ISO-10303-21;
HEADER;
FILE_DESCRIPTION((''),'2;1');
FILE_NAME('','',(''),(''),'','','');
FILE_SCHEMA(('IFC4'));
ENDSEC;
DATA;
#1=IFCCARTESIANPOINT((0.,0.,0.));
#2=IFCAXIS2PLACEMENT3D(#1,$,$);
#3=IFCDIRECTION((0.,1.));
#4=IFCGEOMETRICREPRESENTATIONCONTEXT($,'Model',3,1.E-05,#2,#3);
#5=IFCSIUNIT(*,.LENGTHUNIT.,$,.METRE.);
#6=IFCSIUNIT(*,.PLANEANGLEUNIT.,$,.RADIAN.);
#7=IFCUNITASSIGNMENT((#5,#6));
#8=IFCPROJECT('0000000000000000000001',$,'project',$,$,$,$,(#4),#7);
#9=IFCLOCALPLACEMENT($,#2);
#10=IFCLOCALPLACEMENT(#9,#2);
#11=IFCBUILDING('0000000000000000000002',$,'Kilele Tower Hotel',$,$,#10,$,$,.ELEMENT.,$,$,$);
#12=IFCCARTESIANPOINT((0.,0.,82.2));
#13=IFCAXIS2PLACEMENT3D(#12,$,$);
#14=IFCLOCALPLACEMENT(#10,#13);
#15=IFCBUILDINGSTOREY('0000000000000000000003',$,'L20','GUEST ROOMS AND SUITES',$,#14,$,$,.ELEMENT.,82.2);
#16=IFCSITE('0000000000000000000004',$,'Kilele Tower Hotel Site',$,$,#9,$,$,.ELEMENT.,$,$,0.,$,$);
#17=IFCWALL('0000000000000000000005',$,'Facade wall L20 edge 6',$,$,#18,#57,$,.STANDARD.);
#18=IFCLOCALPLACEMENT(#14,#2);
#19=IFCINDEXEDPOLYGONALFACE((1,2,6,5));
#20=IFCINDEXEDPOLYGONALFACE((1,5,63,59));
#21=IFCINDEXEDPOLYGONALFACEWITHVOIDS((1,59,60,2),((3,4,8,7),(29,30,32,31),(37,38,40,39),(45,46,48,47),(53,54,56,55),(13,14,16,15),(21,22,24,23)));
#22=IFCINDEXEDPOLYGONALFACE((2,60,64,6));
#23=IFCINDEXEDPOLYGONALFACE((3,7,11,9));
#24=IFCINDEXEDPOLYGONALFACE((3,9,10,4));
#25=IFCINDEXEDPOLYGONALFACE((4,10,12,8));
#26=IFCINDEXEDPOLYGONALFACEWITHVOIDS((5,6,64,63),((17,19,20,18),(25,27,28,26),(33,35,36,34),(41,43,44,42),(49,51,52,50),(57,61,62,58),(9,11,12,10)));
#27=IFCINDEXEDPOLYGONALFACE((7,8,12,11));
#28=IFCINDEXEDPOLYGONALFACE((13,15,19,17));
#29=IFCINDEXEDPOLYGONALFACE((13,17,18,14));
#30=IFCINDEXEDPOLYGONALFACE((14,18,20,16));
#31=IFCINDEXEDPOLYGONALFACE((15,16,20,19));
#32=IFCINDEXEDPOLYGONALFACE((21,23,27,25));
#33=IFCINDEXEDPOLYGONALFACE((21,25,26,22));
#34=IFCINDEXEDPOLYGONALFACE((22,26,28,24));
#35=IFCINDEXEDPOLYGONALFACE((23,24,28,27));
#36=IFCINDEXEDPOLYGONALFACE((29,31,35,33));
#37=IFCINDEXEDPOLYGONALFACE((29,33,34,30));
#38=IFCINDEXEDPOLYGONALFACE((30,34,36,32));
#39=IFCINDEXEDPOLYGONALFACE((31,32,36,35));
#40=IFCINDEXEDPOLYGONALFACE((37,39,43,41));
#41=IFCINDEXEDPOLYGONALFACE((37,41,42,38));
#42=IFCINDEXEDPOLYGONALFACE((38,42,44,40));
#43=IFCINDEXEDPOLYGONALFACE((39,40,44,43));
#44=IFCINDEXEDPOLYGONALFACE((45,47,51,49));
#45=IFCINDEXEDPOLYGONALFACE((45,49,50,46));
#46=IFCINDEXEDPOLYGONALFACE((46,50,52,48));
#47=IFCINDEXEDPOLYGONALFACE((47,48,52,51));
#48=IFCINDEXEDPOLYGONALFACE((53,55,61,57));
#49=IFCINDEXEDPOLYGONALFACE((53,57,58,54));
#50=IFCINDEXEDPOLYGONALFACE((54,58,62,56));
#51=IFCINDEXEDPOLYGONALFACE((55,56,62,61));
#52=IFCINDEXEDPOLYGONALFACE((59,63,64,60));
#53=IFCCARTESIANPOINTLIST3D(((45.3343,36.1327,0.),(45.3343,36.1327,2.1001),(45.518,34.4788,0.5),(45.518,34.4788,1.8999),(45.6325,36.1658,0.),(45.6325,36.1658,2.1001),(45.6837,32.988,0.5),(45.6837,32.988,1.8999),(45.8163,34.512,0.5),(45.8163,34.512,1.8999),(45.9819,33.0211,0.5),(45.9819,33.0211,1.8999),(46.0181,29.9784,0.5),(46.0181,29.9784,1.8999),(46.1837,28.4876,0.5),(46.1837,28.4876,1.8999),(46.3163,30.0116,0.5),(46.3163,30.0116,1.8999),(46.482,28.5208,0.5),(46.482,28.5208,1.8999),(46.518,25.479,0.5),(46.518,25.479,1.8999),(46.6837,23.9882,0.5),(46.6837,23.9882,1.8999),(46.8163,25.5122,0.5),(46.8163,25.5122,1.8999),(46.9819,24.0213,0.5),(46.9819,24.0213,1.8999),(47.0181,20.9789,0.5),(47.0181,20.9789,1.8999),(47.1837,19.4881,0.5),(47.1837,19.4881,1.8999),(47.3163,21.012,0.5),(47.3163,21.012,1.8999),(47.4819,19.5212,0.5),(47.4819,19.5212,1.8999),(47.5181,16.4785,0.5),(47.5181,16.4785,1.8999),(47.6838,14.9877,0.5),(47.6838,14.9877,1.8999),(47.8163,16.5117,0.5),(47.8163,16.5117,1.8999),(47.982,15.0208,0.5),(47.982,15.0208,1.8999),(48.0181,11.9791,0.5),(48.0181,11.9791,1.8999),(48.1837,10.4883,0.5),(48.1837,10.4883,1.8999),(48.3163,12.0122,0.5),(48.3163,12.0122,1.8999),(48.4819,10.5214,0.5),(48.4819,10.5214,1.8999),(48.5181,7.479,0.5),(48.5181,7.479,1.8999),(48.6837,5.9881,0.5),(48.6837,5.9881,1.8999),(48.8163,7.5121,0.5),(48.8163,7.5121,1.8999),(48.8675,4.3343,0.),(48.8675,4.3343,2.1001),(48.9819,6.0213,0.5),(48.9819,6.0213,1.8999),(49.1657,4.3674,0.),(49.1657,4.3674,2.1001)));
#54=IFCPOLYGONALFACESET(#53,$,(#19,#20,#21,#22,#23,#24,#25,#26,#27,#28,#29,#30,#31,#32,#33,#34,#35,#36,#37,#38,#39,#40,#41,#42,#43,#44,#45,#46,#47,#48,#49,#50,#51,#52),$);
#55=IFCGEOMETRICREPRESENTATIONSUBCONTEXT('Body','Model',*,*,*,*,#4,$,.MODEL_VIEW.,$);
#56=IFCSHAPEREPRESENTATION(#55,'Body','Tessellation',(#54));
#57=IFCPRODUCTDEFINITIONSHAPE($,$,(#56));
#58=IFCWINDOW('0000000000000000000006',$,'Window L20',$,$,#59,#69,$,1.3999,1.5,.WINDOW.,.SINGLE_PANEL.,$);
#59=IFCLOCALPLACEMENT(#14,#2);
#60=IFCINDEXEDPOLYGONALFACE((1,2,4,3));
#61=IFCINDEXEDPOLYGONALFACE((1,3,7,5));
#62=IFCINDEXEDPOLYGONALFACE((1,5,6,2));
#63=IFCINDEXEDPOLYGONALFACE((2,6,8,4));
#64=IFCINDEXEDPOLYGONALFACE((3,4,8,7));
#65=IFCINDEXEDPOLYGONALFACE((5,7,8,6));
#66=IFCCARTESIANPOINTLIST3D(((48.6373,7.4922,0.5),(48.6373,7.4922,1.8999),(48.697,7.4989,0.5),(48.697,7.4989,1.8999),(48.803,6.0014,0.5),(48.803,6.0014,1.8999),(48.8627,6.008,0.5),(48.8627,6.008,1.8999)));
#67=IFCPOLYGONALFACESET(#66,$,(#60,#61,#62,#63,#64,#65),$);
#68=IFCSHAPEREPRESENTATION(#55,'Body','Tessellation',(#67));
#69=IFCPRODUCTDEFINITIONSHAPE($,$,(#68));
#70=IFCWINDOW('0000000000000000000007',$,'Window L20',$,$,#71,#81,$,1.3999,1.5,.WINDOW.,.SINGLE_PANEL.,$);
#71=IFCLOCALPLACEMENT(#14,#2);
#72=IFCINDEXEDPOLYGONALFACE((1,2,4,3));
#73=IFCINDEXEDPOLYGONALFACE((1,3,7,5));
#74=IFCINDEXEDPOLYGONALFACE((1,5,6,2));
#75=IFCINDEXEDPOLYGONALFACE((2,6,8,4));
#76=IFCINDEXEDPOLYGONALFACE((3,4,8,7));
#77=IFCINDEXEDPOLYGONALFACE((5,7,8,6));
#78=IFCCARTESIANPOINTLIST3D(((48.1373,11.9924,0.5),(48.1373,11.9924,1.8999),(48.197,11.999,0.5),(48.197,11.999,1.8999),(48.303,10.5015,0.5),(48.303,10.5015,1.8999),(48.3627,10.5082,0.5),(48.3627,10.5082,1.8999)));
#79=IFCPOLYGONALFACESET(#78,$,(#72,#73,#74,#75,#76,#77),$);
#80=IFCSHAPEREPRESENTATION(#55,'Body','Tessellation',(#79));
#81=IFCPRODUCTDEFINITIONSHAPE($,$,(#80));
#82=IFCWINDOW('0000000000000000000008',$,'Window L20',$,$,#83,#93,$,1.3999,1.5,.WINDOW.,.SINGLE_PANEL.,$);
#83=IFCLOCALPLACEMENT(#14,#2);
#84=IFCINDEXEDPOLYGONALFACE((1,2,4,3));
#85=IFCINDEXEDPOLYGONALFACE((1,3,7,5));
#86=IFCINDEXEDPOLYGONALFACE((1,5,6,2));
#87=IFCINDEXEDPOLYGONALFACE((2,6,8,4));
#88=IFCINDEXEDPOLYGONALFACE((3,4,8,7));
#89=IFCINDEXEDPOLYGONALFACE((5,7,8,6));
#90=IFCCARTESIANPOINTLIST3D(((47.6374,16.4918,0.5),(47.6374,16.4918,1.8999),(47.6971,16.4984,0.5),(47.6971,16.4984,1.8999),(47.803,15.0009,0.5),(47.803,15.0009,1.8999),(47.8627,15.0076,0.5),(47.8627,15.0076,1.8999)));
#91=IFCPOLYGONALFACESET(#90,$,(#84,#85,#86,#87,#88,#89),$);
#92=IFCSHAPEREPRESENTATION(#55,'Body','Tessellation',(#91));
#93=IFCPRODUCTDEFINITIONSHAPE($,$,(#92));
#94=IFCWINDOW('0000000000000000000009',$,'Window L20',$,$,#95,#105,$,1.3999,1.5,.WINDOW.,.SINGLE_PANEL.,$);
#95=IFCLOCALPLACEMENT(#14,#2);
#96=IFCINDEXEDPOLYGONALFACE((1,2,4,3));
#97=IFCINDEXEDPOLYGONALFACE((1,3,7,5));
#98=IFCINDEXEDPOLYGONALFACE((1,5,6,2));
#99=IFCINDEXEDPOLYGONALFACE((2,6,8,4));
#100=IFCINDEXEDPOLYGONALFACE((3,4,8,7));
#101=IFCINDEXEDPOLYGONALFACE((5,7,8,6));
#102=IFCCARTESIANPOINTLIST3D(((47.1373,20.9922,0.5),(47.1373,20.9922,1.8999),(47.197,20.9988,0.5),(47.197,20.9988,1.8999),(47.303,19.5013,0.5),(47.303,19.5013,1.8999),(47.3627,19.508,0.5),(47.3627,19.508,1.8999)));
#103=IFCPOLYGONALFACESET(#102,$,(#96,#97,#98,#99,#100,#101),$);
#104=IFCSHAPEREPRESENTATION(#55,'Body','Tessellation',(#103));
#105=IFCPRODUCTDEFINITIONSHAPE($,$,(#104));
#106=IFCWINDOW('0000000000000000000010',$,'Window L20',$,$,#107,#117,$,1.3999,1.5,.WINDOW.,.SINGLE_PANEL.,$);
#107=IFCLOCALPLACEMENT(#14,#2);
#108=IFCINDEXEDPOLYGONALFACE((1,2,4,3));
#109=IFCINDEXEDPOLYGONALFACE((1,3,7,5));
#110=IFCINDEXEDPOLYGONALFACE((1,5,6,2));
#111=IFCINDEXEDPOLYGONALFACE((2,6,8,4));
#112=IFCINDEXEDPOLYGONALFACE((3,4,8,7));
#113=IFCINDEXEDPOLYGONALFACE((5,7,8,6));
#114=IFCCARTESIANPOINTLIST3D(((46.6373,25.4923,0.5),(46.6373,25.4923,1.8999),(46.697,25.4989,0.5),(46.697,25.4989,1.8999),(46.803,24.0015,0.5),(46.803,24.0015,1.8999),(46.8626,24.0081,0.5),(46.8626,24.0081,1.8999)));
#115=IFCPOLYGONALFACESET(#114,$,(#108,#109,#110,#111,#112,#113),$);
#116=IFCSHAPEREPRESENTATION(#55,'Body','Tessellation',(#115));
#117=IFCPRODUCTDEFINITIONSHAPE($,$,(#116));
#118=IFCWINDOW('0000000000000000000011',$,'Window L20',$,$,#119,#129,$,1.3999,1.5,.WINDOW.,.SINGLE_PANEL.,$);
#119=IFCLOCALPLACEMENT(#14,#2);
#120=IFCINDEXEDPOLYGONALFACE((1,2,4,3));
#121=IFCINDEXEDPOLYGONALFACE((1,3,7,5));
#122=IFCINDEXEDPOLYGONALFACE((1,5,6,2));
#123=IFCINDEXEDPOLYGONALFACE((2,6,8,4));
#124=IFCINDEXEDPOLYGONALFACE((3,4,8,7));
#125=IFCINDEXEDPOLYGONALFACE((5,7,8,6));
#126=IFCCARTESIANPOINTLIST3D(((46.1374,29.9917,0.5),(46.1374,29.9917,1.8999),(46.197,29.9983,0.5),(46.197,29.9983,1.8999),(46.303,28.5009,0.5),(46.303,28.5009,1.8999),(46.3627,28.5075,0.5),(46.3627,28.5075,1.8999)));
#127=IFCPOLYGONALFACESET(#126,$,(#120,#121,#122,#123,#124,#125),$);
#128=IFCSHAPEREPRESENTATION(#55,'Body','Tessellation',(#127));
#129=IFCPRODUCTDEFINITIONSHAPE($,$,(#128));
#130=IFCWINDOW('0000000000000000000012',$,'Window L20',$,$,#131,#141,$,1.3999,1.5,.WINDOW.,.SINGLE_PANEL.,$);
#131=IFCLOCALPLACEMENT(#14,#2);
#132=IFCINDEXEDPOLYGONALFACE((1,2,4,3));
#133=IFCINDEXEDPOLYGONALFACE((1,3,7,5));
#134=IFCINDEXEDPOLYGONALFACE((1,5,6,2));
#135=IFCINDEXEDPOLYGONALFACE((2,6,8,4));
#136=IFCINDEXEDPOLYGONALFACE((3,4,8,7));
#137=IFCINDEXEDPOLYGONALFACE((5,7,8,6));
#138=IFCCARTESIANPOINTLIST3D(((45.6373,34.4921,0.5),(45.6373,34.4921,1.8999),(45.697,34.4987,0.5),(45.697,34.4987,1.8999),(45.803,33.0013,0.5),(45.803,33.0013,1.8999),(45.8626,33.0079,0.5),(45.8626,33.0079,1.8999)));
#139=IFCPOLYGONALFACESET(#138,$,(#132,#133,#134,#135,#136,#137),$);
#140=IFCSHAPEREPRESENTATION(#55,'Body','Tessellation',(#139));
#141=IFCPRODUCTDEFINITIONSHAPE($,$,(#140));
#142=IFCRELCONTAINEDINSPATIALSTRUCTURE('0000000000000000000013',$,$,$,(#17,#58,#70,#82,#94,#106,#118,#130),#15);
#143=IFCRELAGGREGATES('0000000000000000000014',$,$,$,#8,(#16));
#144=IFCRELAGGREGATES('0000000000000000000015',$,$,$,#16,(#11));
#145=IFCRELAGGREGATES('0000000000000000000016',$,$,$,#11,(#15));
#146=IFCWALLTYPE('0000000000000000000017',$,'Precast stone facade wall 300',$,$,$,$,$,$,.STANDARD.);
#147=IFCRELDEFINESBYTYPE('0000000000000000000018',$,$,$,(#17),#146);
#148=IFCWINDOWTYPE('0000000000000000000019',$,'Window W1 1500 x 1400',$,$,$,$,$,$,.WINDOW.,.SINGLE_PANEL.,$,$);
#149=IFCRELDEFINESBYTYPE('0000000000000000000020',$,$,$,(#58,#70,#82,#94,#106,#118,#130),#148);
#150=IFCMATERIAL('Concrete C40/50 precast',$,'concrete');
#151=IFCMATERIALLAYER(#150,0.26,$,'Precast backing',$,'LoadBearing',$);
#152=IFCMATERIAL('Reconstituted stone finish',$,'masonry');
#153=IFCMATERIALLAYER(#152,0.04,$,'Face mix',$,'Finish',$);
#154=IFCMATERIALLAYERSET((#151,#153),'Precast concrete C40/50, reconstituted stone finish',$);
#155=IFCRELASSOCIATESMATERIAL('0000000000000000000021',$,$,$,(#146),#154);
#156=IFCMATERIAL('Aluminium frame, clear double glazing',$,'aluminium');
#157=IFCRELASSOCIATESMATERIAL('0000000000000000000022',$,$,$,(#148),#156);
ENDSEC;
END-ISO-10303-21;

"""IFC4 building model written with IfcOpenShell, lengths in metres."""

from ifc_helpers import new_model, si_unit, direction, frame, frame_2d, origin, place, context, subcontext, project, spatial, rectangle, extrude, material, layer, layer_set, type_object, element, fill, save


model = new_model("IFC4")

# Units and contexts
model_context = context("Model", 3, precision=1e-05, world=origin(), true_north=direction((0.0, 1.0)))
body_context = subcontext(model_context, "Body", "Model", "MODEL_VIEW")
ifc_project = project(units=[si_unit("LENGTHUNIT", "METRE"), si_unit("PLANEANGLEUNIT", "RADIAN")], contexts=[model_context])

# Site, building, storey
site_placement = place(None, origin())
site = spatial("IfcSite", under=ifc_project, at=site_placement, Name="Kilele Tower Hotel Site", CompositionType="ELEMENT", RefElevation=0.0)
building_placement = place(site_placement, origin())
building = spatial("IfcBuilding", under=site, at=building_placement, Name="Kilele Tower Hotel", CompositionType="ELEMENT")
storey_placement = place(building_placement, frame((0.0, 0.0, 82.2)))
storey = spatial("IfcBuildingStorey", under=building, at=storey_placement, Name="L20", Description="GUEST ROOMS AND SUITES", CompositionType="ELEMENT", Elevation=82.2)

# Shared definitions
ifc_material_1 = material(Name="Concrete C40/50 precast", Category="concrete")
ifc_layer_1 = layer(ifc_material_1, 0.26, Name="Precast backing", Category="LoadBearing")
ifc_material_2 = material(Name="Reconstituted stone finish", Category="masonry")
ifc_layer_2 = layer(ifc_material_2, 0.04, Name="Face mix", Category="Finish")
ifc_layer_set_1 = layer_set([ifc_layer_1, ifc_layer_2], Name="Precast concrete C40/50, reconstituted stone finish")
wall_type_1 = type_object("IfcWallType", Name="Precast stone facade wall 300", PredefinedType="STANDARD", material=ifc_layer_set_1)
ifc_material_3 = material(Name="Aluminium frame, clear double glazing", Category="aluminium")
window_type = type_object("IfcWindowType", Name="Window W1 1500 x 1400", PartitioningType="SINGLE_PANEL", PredefinedType="WINDOW", material=ifc_material_3)

# Wall, openings, windows
wall_1_placement = place(storey_placement, frame((49.0166, 4.3508, 0.0), z_axis=(0.0, 0.0, 1.0), x_axis=(-0.110433, 0.993884, 0.0)))
wall_1 = element("IfcWall", 1, at=wall_1_placement, inside=storey, type_object=wall_type_1, Name="Facade wall L20 edge 6", PredefinedType="STANDARD", context=body_context, shape_type="SweptSolid", body=[
    extrude(rectangle(XDim=31.9941, YDim=0.3, at=frame_2d((15.9971, 0.0))), origin(), (0.0, 0.0, 1.0), 2.1001),
])
opening_1_placement = place(wall_1_placement, frame((1.6641, 0.0, 0.5)))
opening_1 = element("IfcOpeningElement", 2, at=opening_1_placement, cuts=wall_1, PredefinedType="OPENING", context=body_context, shape_type="SweptSolid", body=[
    extrude(rectangle(XDim=1.5, YDim=1.3999, at=frame_2d((0.75, 0.7))), frame((0.0, 0.1599, 0.0), z_axis=(0.0, -1.0, 0.0), x_axis=(1.0, 0.0, 0.0)), (0.0, 0.0, 1.0), 0.3201),
])
opening_2_placement = place(wall_1_placement, frame((6.1919, 0.0, 0.5)))
opening_2 = element("IfcOpeningElement", 3, at=opening_2_placement, cuts=wall_1, PredefinedType="OPENING", context=body_context, shape_type="SweptSolid", body=[
    extrude(rectangle(XDim=1.5, YDim=1.3999, at=frame_2d((0.75, 0.7))), frame((0.0, 0.1599, 0.0), z_axis=(0.0, -1.0, 0.0), x_axis=(1.0, 0.0, 0.0)), (0.0, 0.0, 1.0), 0.3201),
])
opening_3_placement = place(wall_1_placement, frame((10.719, 0.0, 0.5)))
opening_3 = element("IfcOpeningElement", 4, at=opening_3_placement, cuts=wall_1, PredefinedType="OPENING", context=body_context, shape_type="SweptSolid", body=[
    extrude(rectangle(XDim=1.5, YDim=1.3999, at=frame_2d((0.75, 0.7))), frame((0.0, 0.1599, 0.0), z_axis=(0.0, -1.0, 0.0), x_axis=(1.0, 0.0, 0.0)), (0.0, 0.0, 1.0), 0.3201),
])
opening_4_placement = place(wall_1_placement, frame((15.2471, 0.0, 0.5)))
opening_4 = element("IfcOpeningElement", 5, at=opening_4_placement, cuts=wall_1, PredefinedType="OPENING", context=body_context, shape_type="SweptSolid", body=[
    extrude(rectangle(XDim=1.5, YDim=1.3999, at=frame_2d((0.75, 0.7))), frame((0.0, 0.1599, 0.0), z_axis=(0.0, -1.0, 0.0), x_axis=(1.0, 0.0, 0.0)), (0.0, 0.0, 1.0), 0.3201),
])
opening_5_placement = place(wall_1_placement, frame((19.7749, 0.0, 0.5)))
opening_5 = element("IfcOpeningElement", 6, at=opening_5_placement, cuts=wall_1, PredefinedType="OPENING", context=body_context, shape_type="SweptSolid", body=[
    extrude(rectangle(XDim=1.5, YDim=1.3999, at=frame_2d((0.75, 0.7))), frame((0.0, 0.1599, 0.0), z_axis=(0.0, -1.0, 0.0), x_axis=(1.0, 0.0, 0.0)), (0.0, 0.0, 1.0), 0.3201),
])
opening_6_placement = place(wall_1_placement, frame((24.302, 0.0, 0.5)))
opening_6 = element("IfcOpeningElement", 7, at=opening_6_placement, cuts=wall_1, PredefinedType="OPENING", context=body_context, shape_type="SweptSolid", body=[
    extrude(rectangle(XDim=1.5, YDim=1.3999, at=frame_2d((0.75, 0.7))), frame((0.0, 0.1599, 0.0), z_axis=(0.0, -1.0, 0.0), x_axis=(1.0, 0.0, 0.0)), (0.0, 0.0, 1.0), 0.3201),
])
opening_7_placement = place(wall_1_placement, frame((28.8301, 0.0, 0.5)))
opening_7 = element("IfcOpeningElement", 8, at=opening_7_placement, cuts=wall_1, PredefinedType="OPENING", context=body_context, shape_type="SweptSolid", body=[
    extrude(rectangle(XDim=1.5, YDim=1.3999, at=frame_2d((0.75, 0.7))), frame((0.0, 0.1599, 0.0), z_axis=(0.0, -1.0, 0.0), x_axis=(1.0, 0.0, 0.0)), (0.0, 0.0, 1.0), 0.3201),
])
window_1_placement = place(opening_1_placement, origin())
window_1 = element("IfcWindow", 9, at=window_1_placement, inside=storey, type_object=window_type, Name="Window L20", OverallHeight=1.3999, OverallWidth=1.5, PartitioningType="SINGLE_PANEL", PredefinedType="WINDOW", context=body_context, shape_type="SweptSolid", body=[
    extrude(rectangle(XDim=1.5, YDim=1.3999, at=frame_2d((0.75, 0.7))), frame((0.0, 0.03, 0.0), z_axis=(0.0, -1.0, 0.0), x_axis=(1.0, 0.0, 0.0)), (0.0, 0.0, 1.0), 0.0601),
])
fill(opening_1, window_1)
window_2_placement = place(opening_2_placement, origin())
window_2 = element("IfcWindow", 10, at=window_2_placement, inside=storey, type_object=window_type, Name="Window L20", OverallHeight=1.3999, OverallWidth=1.5, PartitioningType="SINGLE_PANEL", PredefinedType="WINDOW", context=body_context, shape_type="SweptSolid", body=[
    extrude(rectangle(XDim=1.5, YDim=1.3999, at=frame_2d((0.75, 0.7))), frame((0.0, 0.03, 0.0), z_axis=(0.0, -1.0, 0.0), x_axis=(1.0, 0.0, 0.0)), (0.0, 0.0, 1.0), 0.0601),
])
fill(opening_2, window_2)
window_3_placement = place(opening_3_placement, origin())
window_3 = element("IfcWindow", 11, at=window_3_placement, inside=storey, type_object=window_type, Name="Window L20", OverallHeight=1.3999, OverallWidth=1.5, PartitioningType="SINGLE_PANEL", PredefinedType="WINDOW", context=body_context, shape_type="SweptSolid", body=[
    extrude(rectangle(XDim=1.5, YDim=1.3999, at=frame_2d((0.75, 0.7))), frame((0.0, 0.03, 0.0), z_axis=(0.0, -1.0, 0.0), x_axis=(1.0, 0.0, 0.0)), (0.0, 0.0, 1.0), 0.0601),
])
fill(opening_3, window_3)
window_4_placement = place(opening_4_placement, origin())
window_4 = element("IfcWindow", 12, at=window_4_placement, inside=storey, type_object=window_type, Name="Window L20", OverallHeight=1.3999, OverallWidth=1.5, PartitioningType="SINGLE_PANEL", PredefinedType="WINDOW", context=body_context, shape_type="SweptSolid", body=[
    extrude(rectangle(XDim=1.5, YDim=1.3999, at=frame_2d((0.75, 0.7))), frame((0.0, 0.03, 0.0), z_axis=(0.0, -1.0, 0.0), x_axis=(1.0, 0.0, 0.0)), (0.0, 0.0, 1.0), 0.0601),
])
fill(opening_4, window_4)
window_5_placement = place(opening_5_placement, origin())
window_5 = element("IfcWindow", 13, at=window_5_placement, inside=storey, type_object=window_type, Name="Window L20", OverallHeight=1.3999, OverallWidth=1.5, PartitioningType="SINGLE_PANEL", PredefinedType="WINDOW", context=body_context, shape_type="SweptSolid", body=[
    extrude(rectangle(XDim=1.5, YDim=1.3999, at=frame_2d((0.75, 0.7))), frame((0.0, 0.03, 0.0), z_axis=(0.0, -1.0, 0.0), x_axis=(1.0, 0.0, 0.0)), (0.0, 0.0, 1.0), 0.0601),
])
fill(opening_5, window_5)
window_6_placement = place(opening_6_placement, origin())
window_6 = element("IfcWindow", 14, at=window_6_placement, inside=storey, type_object=window_type, Name="Window L20", OverallHeight=1.3999, OverallWidth=1.5, PartitioningType="SINGLE_PANEL", PredefinedType="WINDOW", context=body_context, shape_type="SweptSolid", body=[
    extrude(rectangle(XDim=1.5, YDim=1.3999, at=frame_2d((0.75, 0.7))), frame((0.0, 0.03, 0.0), z_axis=(0.0, -1.0, 0.0), x_axis=(1.0, 0.0, 0.0)), (0.0, 0.0, 1.0), 0.0601),
])
fill(opening_6, window_6)
window_7_placement = place(opening_7_placement, origin())
window_7 = element("IfcWindow", 15, at=window_7_placement, inside=storey, type_object=window_type, Name="Window L20", OverallHeight=1.3999, OverallWidth=1.5, PartitioningType="SINGLE_PANEL", PredefinedType="WINDOW", context=body_context, shape_type="SweptSolid", body=[
    extrude(rectangle(XDim=1.5, YDim=1.3999, at=frame_2d((0.75, 0.7))), frame((0.0, 0.03, 0.0), z_axis=(0.0, -1.0, 0.0), x_axis=(1.0, 0.0, 0.0)), (0.0, 0.0, 1.0), 0.0601),
])
fill(opening_7, window_7)

save(model, "model.ifc")
